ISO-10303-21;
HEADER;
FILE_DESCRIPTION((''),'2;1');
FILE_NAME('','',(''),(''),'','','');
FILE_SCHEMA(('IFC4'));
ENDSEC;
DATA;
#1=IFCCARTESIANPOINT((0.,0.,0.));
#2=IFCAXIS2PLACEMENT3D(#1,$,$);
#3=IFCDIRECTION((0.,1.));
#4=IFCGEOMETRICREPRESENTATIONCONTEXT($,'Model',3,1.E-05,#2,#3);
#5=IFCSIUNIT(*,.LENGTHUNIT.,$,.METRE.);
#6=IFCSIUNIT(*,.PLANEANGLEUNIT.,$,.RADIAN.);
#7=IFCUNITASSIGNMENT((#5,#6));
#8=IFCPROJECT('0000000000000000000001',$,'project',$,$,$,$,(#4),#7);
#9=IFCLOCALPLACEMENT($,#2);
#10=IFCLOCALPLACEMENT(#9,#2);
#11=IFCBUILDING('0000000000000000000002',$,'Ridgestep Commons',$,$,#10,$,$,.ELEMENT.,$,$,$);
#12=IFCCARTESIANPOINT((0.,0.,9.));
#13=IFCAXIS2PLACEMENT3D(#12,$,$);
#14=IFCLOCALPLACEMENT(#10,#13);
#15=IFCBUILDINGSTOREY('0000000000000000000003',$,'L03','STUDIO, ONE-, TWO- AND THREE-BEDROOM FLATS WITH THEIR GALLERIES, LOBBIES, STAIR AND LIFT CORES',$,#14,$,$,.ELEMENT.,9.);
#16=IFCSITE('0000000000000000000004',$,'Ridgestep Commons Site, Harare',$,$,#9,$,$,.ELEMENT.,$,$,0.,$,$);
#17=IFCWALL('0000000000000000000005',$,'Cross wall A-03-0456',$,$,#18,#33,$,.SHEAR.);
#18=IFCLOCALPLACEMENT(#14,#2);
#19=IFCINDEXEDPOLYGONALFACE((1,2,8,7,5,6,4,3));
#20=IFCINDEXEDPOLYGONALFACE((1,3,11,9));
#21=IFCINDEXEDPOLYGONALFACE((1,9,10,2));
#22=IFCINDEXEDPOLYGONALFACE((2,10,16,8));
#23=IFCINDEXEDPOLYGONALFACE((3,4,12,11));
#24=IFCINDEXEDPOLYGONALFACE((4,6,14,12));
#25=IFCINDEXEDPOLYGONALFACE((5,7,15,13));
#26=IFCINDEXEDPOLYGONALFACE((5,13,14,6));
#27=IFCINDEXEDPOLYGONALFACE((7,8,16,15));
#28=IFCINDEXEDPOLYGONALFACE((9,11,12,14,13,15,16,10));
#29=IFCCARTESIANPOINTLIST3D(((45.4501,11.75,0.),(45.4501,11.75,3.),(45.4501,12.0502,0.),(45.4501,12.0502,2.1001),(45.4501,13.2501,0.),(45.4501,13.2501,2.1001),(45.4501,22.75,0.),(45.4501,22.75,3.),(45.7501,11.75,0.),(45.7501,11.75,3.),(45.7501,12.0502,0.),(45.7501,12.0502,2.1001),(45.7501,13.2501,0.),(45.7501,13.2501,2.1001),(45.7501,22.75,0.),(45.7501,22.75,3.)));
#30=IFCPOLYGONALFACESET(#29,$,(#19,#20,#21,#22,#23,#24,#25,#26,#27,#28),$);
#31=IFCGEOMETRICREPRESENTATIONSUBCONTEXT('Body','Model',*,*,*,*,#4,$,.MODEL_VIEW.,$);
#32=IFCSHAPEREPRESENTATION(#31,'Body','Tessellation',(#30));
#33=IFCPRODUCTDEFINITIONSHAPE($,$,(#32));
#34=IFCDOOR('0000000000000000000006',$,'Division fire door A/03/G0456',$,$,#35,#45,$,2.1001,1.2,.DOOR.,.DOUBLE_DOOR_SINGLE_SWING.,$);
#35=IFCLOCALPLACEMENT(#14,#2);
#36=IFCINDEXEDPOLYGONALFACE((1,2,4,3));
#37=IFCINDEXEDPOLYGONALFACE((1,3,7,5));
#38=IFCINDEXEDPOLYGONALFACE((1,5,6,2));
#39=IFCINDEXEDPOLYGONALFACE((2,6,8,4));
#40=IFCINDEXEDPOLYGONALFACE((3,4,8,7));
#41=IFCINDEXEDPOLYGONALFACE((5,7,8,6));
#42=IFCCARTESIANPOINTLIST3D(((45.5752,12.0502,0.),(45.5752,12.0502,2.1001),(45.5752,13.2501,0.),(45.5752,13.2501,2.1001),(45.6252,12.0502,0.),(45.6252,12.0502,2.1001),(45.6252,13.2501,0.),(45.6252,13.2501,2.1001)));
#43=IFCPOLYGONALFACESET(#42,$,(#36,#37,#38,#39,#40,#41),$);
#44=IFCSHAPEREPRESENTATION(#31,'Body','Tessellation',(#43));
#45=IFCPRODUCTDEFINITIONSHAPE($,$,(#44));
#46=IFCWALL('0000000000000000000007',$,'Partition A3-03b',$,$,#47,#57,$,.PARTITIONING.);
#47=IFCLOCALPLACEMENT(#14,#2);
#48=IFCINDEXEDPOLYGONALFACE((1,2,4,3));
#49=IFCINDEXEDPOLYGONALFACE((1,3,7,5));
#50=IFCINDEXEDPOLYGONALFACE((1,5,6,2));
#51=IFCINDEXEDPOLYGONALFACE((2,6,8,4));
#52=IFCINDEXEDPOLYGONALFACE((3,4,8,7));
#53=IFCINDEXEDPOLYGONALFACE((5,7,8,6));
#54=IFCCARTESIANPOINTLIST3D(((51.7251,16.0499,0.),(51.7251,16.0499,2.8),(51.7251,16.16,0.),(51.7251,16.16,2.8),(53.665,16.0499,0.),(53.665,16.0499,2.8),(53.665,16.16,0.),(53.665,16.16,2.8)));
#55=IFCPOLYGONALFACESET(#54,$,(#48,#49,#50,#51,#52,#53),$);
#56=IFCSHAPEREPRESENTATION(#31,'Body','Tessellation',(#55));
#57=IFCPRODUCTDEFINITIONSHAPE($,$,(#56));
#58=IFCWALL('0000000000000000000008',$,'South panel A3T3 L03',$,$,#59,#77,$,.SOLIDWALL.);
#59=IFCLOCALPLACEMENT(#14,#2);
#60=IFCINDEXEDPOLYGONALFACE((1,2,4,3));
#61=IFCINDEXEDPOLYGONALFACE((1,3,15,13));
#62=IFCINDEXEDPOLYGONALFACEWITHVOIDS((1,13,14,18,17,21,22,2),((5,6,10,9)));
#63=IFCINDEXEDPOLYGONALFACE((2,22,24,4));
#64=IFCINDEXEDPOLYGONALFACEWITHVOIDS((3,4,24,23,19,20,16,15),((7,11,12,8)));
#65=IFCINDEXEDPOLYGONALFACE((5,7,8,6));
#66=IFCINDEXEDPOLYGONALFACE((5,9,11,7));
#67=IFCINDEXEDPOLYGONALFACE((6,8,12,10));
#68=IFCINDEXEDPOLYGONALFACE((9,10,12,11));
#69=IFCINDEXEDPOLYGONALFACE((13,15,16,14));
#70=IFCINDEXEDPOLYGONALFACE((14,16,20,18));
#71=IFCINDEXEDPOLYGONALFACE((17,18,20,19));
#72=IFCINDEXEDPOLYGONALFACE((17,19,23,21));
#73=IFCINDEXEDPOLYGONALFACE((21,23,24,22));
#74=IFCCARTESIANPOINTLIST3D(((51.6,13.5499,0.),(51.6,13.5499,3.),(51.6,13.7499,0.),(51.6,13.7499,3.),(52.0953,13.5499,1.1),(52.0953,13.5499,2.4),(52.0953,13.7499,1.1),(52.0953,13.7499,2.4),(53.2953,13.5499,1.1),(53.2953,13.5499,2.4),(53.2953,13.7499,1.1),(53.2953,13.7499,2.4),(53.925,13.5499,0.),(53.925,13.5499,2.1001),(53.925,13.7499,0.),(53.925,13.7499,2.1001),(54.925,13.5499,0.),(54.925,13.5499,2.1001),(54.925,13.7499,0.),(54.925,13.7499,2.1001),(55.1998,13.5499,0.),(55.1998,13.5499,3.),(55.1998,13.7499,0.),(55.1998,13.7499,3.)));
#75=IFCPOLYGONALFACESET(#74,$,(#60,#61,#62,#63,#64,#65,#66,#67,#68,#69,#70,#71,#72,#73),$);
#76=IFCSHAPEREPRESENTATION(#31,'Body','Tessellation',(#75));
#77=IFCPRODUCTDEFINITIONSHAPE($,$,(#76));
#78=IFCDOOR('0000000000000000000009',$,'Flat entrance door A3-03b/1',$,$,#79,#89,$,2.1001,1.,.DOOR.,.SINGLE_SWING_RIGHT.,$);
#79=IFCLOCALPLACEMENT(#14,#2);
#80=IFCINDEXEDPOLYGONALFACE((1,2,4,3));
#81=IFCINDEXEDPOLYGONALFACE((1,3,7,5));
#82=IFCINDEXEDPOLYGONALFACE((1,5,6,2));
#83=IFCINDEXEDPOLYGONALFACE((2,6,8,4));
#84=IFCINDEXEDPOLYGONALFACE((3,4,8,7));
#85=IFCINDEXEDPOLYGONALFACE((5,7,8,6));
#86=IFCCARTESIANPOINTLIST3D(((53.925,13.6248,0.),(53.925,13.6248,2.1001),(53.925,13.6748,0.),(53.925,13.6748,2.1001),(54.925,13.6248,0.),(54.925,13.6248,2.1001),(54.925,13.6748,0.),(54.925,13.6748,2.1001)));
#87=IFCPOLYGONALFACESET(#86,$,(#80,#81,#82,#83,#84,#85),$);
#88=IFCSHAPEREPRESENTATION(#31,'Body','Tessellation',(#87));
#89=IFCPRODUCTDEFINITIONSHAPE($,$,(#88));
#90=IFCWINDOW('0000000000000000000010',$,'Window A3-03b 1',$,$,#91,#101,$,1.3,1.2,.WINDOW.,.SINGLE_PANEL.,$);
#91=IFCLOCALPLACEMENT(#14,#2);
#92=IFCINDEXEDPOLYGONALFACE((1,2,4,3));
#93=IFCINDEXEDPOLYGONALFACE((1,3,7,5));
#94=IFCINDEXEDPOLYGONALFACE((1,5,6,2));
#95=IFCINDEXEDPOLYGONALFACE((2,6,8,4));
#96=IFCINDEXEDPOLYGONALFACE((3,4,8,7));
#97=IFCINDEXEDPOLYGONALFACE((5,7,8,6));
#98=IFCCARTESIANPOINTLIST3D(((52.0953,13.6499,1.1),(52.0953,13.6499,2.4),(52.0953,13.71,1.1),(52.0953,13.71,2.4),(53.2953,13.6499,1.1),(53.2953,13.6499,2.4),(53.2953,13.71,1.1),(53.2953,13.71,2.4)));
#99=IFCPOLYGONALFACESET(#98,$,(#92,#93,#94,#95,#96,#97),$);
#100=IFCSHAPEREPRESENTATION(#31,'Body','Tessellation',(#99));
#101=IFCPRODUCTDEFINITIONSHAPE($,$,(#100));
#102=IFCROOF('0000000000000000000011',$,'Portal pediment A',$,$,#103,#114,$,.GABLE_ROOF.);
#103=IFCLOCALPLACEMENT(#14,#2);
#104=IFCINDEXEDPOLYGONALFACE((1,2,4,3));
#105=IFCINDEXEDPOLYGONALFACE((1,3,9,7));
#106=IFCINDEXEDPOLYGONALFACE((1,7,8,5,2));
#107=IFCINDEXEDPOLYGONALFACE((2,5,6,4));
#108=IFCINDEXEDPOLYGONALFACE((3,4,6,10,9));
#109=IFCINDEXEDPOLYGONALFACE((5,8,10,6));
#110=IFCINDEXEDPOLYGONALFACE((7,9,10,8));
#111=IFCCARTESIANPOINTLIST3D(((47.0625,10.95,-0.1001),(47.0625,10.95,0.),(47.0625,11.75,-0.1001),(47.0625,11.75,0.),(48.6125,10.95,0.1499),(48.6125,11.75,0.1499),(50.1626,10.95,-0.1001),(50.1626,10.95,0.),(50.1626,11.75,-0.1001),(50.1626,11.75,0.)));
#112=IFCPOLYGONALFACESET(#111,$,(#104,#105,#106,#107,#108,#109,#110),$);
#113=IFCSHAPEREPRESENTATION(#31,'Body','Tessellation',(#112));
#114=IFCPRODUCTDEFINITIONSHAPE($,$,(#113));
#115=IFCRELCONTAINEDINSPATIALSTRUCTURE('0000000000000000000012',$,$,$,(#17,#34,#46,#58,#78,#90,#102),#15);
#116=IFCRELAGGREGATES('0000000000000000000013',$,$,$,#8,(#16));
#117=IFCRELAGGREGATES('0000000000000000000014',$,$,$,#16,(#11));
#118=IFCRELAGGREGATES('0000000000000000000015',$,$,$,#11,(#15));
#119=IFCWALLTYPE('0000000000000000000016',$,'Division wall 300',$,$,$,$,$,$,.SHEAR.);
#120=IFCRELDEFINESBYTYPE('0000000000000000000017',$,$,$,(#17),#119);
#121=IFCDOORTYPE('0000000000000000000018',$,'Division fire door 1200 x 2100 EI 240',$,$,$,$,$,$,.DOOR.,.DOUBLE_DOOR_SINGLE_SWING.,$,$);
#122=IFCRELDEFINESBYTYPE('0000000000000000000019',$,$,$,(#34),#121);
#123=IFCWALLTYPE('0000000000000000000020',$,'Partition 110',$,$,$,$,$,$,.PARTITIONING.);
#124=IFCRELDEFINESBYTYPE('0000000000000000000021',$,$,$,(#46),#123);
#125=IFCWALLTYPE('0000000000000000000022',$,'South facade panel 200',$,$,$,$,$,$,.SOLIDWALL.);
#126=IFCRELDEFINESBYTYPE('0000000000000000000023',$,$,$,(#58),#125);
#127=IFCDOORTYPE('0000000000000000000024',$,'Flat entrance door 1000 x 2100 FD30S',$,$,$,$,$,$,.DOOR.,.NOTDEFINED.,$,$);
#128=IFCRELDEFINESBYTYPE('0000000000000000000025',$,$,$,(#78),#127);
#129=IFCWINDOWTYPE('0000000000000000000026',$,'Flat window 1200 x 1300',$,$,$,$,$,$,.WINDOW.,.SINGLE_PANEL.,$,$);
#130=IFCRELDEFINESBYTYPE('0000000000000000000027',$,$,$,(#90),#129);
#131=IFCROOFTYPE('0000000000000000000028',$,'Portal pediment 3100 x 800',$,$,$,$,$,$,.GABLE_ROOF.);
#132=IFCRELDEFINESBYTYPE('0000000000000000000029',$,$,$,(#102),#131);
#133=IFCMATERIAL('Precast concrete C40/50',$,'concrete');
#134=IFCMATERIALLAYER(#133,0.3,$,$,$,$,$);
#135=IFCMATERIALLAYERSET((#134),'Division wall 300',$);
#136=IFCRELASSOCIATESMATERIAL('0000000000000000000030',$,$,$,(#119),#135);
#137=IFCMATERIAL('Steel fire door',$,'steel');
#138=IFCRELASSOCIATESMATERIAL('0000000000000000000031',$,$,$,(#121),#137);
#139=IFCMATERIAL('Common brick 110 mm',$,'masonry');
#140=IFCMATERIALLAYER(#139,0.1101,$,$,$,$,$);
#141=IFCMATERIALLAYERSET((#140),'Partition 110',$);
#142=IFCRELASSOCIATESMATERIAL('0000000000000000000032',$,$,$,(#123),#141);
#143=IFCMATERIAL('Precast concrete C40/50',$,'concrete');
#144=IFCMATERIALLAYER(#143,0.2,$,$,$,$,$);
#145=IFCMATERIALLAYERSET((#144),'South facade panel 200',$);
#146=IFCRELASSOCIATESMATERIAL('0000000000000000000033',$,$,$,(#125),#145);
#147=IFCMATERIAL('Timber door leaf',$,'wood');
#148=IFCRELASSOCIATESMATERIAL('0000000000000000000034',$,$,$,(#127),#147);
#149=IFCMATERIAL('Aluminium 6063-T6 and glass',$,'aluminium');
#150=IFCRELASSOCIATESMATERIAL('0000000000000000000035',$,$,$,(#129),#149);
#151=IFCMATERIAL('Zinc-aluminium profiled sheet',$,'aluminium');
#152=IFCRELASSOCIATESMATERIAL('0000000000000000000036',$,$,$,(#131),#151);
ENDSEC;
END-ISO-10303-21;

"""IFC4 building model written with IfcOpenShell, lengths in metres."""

from ifc_helpers import new_model, si_unit, direction, frame, frame_2d, origin, place, context, subcontext, project, spatial, polyline, rectangle, outline, extrude, material, layer, layer_set, type_object, element, fill, save


model = new_model("IFC4")

# Units and contexts
model_context = context("Model", 3, precision=1e-05, world=origin(), true_north=direction((0.0, 1.0)))
body_context = subcontext(model_context, "Body", "Model", "MODEL_VIEW")
ifc_project = project(units=[si_unit("LENGTHUNIT", "METRE"), si_unit("PLANEANGLEUNIT", "RADIAN")], contexts=[model_context])

# Site, building, storey
site_placement = place(None, origin())
site = spatial("IfcSite", under=ifc_project, at=site_placement, Name="Ridgestep Commons Site, Harare", CompositionType="ELEMENT", RefElevation=0.0)
building_placement = place(site_placement, origin())
building = spatial("IfcBuilding", under=site, at=building_placement, Name="Ridgestep Commons", CompositionType="ELEMENT")
storey_placement = place(building_placement, frame((0.0, 0.0, 9.0)))
storey = spatial("IfcBuildingStorey", under=building, at=storey_placement, Name="L03", Description="STUDIO, ONE-, TWO- AND THREE-BEDROOM FLATS WITH THEIR GALLERIES, LOBBIES, STAIR AND LIFT CORES", CompositionType="ELEMENT", Elevation=9.0)

# Wall, opening, door
ifc_material_1 = material(Name="Precast concrete C40/50", Category="concrete")
ifc_layer_1 = layer(ifc_material_1, 0.3)
ifc_layer_set_1 = layer_set([ifc_layer_1], Name="Division wall 300")
wall_type_1 = type_object("IfcWallType", Name="Division wall 300", PredefinedType="SHEAR", material=ifc_layer_set_1)
wall_1_placement = place(storey_placement, frame((45.6001, 11.75, 0.0), z_axis=(0.0, 0.0, 1.0), x_axis=(0.0, 1.0, 0.0)))
wall_1 = element("IfcWall", 1, at=wall_1_placement, inside=storey, type_object=wall_type_1, Name="Cross wall A-03-0456", PredefinedType="SHEAR", context=body_context, shape_type="SweptSolid", body=[
    extrude(rectangle(XDim=11.0, YDim=0.3, at=frame_2d((5.5, 0.0))), origin(), (0.0, 0.0, 1.0), 3.0),
])
opening_1_placement = place(wall_1_placement, frame((0.3, 0.0, 0.0)))
opening_1 = element("IfcOpeningElement", 2, at=opening_1_placement, cuts=wall_1, PredefinedType="OPENING", context=body_context, shape_type="SweptSolid", body=[
    extrude(rectangle(XDim=1.2, YDim=2.1001, at=frame_2d((0.6001, 1.05))), frame((0.0, 0.1599, 0.0), z_axis=(0.0, -1.0, 0.0), x_axis=(1.0, 0.0, 0.0)), (0.0, 0.0, 1.0), 0.3201),
])
ifc_material_2 = material(Name="Steel fire door", Category="steel")
door_type_1 = type_object("IfcDoorType", Name="Division fire door 1200 x 2100 EI 240", OperationType="DOUBLE_DOOR_SINGLE_SWING", PredefinedType="DOOR", material=ifc_material_2)
door_1_placement = place(opening_1_placement, origin())
door_1 = element("IfcDoor", 3, at=door_1_placement, inside=storey, type_object=door_type_1, Name="Division fire door A/03/G0456", OperationType="DOUBLE_DOOR_SINGLE_SWING", OverallHeight=2.1001, OverallWidth=1.2, PredefinedType="DOOR", context=body_context, shape_type="SweptSolid", body=[
    extrude(rectangle(XDim=1.2, YDim=2.1001, at=frame_2d((0.6001, 1.05))), frame((0.0, 0.0249, 0.0), z_axis=(0.0, -1.0, 0.0), x_axis=(1.0, 0.0, 0.0)), (0.0, 0.0, 1.0), 0.05),
])
fill(opening_1, door_1)

# Wall
ifc_material_3 = material(Name="Common brick 110 mm", Category="masonry")
ifc_layer_2 = layer(ifc_material_3, 0.1101)
ifc_layer_set_2 = layer_set([ifc_layer_2], Name="Partition 110")
wall_type_2 = type_object("IfcWallType", Name="Partition 110", PredefinedType="PARTITIONING", material=ifc_layer_set_2)
wall_2_placement = place(storey_placement, frame((51.7251, 16.105, 0.0), z_axis=(0.0, 0.0, 1.0), x_axis=(1.0, 0.0, 0.0)))
element("IfcWall", 4, at=wall_2_placement, inside=storey, type_object=wall_type_2, Name="Partition A3-03b", PredefinedType="PARTITIONING", context=body_context, shape_type="SweptSolid", body=[
    extrude(rectangle(XDim=1.9399, YDim=0.1101, at=frame_2d((0.97, 0.0))), origin(), (0.0, 0.0, 1.0), 2.8),
])

# Wall, openings, door, window
ifc_material_4 = material(Name="Precast concrete C40/50", Category="concrete")
ifc_layer_3 = layer(ifc_material_4, 0.2)
ifc_layer_set_3 = layer_set([ifc_layer_3], Name="South facade panel 200")
wall_type_3 = type_object("IfcWallType", Name="South facade panel 200", PredefinedType="SOLIDWALL", material=ifc_layer_set_3)
wall_3_placement = place(storey_placement, frame((51.6001, 13.6499, 0.0), z_axis=(0.0, 0.0, 1.0), x_axis=(1.0, 0.0, 0.0)))
wall_3 = element("IfcWall", 5, at=wall_3_placement, inside=storey, type_object=wall_type_3, Name="South panel A3T3 L03", PredefinedType="SOLIDWALL", context=body_context, shape_type="SweptSolid", body=[
    extrude(rectangle(XDim=3.5999, YDim=0.2, at=frame_2d((1.7998, 0.0))), origin(), (0.0, 0.0, 1.0), 3.0),
])
opening_2_placement = place(wall_3_placement, frame((0.4951, 0.0, 1.1001)))
opening_2 = element("IfcOpeningElement", 6, at=opening_2_placement, cuts=wall_3, PredefinedType="OPENING", context=body_context, shape_type="SweptSolid", body=[
    extrude(rectangle(XDim=1.2, YDim=1.3, at=frame_2d((0.6001, 0.6499))), frame((0.0, 0.1099, 0.0), z_axis=(0.0, -1.0, 0.0), x_axis=(1.0, 0.0, 0.0)), (0.0, 0.0, 1.0), 0.22),
])
opening_3_placement = place(wall_3_placement, frame((2.325, 0.0, 0.0)))
opening_3 = element("IfcOpeningElement", 7, at=opening_3_placement, cuts=wall_3, PredefinedType="OPENING", context=body_context, shape_type="SweptSolid", body=[
    extrude(rectangle(XDim=1.0, YDim=2.1001, at=frame_2d((0.5, 1.05))), frame((0.0, 0.1099, 0.0), z_axis=(0.0, -1.0, 0.0), x_axis=(1.0, 0.0, 0.0)), (0.0, 0.0, 1.0), 0.22),
])
ifc_material_5 = material(Name="Timber door leaf", Category="wood")
door_type_2 = type_object("IfcDoorType", Name="Flat entrance door 1000 x 2100 FD30S", OperationType="NOTDEFINED", PredefinedType="DOOR", material=ifc_material_5)
door_2_placement = place(opening_3_placement, origin())
door_2 = element("IfcDoor", 8, at=door_2_placement, inside=storey, type_object=door_type_2, Name="Flat entrance door A3-03b/1", OperationType="SINGLE_SWING_RIGHT", OverallHeight=2.1001, OverallWidth=1.0, PredefinedType="DOOR", context=body_context, shape_type="SweptSolid", body=[
    extrude(rectangle(XDim=1.0, YDim=2.1001, at=frame_2d((0.5, 1.05))), frame((0.0, 0.0249, 0.0), z_axis=(0.0, -1.0, 0.0), x_axis=(1.0, 0.0, 0.0)), (0.0, 0.0, 1.0), 0.05),
])
fill(opening_3, door_2)
ifc_material_6 = material(Name="Aluminium 6063-T6 and glass", Category="aluminium")
window_type = type_object("IfcWindowType", Name="Flat window 1200 x 1300", PartitioningType="SINGLE_PANEL", PredefinedType="WINDOW", material=ifc_material_6)
window_placement = place(opening_2_placement, origin())
window = element("IfcWindow", 9, at=window_placement, inside=storey, type_object=window_type, Name="Window A3-03b 1", OverallHeight=1.3, OverallWidth=1.2, PartitioningType="SINGLE_PANEL", PredefinedType="WINDOW", context=body_context, shape_type="SweptSolid", body=[
    extrude(rectangle(XDim=1.2, YDim=1.3, at=frame_2d((0.6001, 0.6499))), frame((0.0, 0.0601, 0.0), z_axis=(0.0, -1.0, 0.0), x_axis=(1.0, 0.0, 0.0)), (0.0, 0.0, 1.0), 0.0601),
])
fill(opening_2, window)

# Roof
ifc_material_7 = material(Name="Zinc-aluminium profiled sheet", Category="aluminium")
roof_type = type_object("IfcRoofType", Name="Portal pediment 3100 x 800", PredefinedType="GABLE_ROOF", material=ifc_material_7)
roof_placement = place(storey_placement, frame((47.0625, 11.3501, -0.1001), z_axis=(0.0, 0.0, 1.0), x_axis=(1.0, 0.0, 0.0)))
element("IfcRoof", 10, at=roof_placement, inside=storey, type_object=roof_type, Name="Portal pediment A", PredefinedType="GABLE_ROOF", context=body_context, shape_type="SweptSolid", body=[
    extrude(outline(polyline([(0.0, 0.0), (3.1001, 0.0), (3.1001, 0.1001), (1.55, 0.25), (0.0, 0.1001), (0.0, 0.0)])), frame((0.0, 0.3999, 0.0), z_axis=(0.0, -1.0, 0.0), x_axis=(1.0, 0.0, 0.0)), (0.0, 0.0, 1.0), 0.8),
])

save(model, "model.ifc")
